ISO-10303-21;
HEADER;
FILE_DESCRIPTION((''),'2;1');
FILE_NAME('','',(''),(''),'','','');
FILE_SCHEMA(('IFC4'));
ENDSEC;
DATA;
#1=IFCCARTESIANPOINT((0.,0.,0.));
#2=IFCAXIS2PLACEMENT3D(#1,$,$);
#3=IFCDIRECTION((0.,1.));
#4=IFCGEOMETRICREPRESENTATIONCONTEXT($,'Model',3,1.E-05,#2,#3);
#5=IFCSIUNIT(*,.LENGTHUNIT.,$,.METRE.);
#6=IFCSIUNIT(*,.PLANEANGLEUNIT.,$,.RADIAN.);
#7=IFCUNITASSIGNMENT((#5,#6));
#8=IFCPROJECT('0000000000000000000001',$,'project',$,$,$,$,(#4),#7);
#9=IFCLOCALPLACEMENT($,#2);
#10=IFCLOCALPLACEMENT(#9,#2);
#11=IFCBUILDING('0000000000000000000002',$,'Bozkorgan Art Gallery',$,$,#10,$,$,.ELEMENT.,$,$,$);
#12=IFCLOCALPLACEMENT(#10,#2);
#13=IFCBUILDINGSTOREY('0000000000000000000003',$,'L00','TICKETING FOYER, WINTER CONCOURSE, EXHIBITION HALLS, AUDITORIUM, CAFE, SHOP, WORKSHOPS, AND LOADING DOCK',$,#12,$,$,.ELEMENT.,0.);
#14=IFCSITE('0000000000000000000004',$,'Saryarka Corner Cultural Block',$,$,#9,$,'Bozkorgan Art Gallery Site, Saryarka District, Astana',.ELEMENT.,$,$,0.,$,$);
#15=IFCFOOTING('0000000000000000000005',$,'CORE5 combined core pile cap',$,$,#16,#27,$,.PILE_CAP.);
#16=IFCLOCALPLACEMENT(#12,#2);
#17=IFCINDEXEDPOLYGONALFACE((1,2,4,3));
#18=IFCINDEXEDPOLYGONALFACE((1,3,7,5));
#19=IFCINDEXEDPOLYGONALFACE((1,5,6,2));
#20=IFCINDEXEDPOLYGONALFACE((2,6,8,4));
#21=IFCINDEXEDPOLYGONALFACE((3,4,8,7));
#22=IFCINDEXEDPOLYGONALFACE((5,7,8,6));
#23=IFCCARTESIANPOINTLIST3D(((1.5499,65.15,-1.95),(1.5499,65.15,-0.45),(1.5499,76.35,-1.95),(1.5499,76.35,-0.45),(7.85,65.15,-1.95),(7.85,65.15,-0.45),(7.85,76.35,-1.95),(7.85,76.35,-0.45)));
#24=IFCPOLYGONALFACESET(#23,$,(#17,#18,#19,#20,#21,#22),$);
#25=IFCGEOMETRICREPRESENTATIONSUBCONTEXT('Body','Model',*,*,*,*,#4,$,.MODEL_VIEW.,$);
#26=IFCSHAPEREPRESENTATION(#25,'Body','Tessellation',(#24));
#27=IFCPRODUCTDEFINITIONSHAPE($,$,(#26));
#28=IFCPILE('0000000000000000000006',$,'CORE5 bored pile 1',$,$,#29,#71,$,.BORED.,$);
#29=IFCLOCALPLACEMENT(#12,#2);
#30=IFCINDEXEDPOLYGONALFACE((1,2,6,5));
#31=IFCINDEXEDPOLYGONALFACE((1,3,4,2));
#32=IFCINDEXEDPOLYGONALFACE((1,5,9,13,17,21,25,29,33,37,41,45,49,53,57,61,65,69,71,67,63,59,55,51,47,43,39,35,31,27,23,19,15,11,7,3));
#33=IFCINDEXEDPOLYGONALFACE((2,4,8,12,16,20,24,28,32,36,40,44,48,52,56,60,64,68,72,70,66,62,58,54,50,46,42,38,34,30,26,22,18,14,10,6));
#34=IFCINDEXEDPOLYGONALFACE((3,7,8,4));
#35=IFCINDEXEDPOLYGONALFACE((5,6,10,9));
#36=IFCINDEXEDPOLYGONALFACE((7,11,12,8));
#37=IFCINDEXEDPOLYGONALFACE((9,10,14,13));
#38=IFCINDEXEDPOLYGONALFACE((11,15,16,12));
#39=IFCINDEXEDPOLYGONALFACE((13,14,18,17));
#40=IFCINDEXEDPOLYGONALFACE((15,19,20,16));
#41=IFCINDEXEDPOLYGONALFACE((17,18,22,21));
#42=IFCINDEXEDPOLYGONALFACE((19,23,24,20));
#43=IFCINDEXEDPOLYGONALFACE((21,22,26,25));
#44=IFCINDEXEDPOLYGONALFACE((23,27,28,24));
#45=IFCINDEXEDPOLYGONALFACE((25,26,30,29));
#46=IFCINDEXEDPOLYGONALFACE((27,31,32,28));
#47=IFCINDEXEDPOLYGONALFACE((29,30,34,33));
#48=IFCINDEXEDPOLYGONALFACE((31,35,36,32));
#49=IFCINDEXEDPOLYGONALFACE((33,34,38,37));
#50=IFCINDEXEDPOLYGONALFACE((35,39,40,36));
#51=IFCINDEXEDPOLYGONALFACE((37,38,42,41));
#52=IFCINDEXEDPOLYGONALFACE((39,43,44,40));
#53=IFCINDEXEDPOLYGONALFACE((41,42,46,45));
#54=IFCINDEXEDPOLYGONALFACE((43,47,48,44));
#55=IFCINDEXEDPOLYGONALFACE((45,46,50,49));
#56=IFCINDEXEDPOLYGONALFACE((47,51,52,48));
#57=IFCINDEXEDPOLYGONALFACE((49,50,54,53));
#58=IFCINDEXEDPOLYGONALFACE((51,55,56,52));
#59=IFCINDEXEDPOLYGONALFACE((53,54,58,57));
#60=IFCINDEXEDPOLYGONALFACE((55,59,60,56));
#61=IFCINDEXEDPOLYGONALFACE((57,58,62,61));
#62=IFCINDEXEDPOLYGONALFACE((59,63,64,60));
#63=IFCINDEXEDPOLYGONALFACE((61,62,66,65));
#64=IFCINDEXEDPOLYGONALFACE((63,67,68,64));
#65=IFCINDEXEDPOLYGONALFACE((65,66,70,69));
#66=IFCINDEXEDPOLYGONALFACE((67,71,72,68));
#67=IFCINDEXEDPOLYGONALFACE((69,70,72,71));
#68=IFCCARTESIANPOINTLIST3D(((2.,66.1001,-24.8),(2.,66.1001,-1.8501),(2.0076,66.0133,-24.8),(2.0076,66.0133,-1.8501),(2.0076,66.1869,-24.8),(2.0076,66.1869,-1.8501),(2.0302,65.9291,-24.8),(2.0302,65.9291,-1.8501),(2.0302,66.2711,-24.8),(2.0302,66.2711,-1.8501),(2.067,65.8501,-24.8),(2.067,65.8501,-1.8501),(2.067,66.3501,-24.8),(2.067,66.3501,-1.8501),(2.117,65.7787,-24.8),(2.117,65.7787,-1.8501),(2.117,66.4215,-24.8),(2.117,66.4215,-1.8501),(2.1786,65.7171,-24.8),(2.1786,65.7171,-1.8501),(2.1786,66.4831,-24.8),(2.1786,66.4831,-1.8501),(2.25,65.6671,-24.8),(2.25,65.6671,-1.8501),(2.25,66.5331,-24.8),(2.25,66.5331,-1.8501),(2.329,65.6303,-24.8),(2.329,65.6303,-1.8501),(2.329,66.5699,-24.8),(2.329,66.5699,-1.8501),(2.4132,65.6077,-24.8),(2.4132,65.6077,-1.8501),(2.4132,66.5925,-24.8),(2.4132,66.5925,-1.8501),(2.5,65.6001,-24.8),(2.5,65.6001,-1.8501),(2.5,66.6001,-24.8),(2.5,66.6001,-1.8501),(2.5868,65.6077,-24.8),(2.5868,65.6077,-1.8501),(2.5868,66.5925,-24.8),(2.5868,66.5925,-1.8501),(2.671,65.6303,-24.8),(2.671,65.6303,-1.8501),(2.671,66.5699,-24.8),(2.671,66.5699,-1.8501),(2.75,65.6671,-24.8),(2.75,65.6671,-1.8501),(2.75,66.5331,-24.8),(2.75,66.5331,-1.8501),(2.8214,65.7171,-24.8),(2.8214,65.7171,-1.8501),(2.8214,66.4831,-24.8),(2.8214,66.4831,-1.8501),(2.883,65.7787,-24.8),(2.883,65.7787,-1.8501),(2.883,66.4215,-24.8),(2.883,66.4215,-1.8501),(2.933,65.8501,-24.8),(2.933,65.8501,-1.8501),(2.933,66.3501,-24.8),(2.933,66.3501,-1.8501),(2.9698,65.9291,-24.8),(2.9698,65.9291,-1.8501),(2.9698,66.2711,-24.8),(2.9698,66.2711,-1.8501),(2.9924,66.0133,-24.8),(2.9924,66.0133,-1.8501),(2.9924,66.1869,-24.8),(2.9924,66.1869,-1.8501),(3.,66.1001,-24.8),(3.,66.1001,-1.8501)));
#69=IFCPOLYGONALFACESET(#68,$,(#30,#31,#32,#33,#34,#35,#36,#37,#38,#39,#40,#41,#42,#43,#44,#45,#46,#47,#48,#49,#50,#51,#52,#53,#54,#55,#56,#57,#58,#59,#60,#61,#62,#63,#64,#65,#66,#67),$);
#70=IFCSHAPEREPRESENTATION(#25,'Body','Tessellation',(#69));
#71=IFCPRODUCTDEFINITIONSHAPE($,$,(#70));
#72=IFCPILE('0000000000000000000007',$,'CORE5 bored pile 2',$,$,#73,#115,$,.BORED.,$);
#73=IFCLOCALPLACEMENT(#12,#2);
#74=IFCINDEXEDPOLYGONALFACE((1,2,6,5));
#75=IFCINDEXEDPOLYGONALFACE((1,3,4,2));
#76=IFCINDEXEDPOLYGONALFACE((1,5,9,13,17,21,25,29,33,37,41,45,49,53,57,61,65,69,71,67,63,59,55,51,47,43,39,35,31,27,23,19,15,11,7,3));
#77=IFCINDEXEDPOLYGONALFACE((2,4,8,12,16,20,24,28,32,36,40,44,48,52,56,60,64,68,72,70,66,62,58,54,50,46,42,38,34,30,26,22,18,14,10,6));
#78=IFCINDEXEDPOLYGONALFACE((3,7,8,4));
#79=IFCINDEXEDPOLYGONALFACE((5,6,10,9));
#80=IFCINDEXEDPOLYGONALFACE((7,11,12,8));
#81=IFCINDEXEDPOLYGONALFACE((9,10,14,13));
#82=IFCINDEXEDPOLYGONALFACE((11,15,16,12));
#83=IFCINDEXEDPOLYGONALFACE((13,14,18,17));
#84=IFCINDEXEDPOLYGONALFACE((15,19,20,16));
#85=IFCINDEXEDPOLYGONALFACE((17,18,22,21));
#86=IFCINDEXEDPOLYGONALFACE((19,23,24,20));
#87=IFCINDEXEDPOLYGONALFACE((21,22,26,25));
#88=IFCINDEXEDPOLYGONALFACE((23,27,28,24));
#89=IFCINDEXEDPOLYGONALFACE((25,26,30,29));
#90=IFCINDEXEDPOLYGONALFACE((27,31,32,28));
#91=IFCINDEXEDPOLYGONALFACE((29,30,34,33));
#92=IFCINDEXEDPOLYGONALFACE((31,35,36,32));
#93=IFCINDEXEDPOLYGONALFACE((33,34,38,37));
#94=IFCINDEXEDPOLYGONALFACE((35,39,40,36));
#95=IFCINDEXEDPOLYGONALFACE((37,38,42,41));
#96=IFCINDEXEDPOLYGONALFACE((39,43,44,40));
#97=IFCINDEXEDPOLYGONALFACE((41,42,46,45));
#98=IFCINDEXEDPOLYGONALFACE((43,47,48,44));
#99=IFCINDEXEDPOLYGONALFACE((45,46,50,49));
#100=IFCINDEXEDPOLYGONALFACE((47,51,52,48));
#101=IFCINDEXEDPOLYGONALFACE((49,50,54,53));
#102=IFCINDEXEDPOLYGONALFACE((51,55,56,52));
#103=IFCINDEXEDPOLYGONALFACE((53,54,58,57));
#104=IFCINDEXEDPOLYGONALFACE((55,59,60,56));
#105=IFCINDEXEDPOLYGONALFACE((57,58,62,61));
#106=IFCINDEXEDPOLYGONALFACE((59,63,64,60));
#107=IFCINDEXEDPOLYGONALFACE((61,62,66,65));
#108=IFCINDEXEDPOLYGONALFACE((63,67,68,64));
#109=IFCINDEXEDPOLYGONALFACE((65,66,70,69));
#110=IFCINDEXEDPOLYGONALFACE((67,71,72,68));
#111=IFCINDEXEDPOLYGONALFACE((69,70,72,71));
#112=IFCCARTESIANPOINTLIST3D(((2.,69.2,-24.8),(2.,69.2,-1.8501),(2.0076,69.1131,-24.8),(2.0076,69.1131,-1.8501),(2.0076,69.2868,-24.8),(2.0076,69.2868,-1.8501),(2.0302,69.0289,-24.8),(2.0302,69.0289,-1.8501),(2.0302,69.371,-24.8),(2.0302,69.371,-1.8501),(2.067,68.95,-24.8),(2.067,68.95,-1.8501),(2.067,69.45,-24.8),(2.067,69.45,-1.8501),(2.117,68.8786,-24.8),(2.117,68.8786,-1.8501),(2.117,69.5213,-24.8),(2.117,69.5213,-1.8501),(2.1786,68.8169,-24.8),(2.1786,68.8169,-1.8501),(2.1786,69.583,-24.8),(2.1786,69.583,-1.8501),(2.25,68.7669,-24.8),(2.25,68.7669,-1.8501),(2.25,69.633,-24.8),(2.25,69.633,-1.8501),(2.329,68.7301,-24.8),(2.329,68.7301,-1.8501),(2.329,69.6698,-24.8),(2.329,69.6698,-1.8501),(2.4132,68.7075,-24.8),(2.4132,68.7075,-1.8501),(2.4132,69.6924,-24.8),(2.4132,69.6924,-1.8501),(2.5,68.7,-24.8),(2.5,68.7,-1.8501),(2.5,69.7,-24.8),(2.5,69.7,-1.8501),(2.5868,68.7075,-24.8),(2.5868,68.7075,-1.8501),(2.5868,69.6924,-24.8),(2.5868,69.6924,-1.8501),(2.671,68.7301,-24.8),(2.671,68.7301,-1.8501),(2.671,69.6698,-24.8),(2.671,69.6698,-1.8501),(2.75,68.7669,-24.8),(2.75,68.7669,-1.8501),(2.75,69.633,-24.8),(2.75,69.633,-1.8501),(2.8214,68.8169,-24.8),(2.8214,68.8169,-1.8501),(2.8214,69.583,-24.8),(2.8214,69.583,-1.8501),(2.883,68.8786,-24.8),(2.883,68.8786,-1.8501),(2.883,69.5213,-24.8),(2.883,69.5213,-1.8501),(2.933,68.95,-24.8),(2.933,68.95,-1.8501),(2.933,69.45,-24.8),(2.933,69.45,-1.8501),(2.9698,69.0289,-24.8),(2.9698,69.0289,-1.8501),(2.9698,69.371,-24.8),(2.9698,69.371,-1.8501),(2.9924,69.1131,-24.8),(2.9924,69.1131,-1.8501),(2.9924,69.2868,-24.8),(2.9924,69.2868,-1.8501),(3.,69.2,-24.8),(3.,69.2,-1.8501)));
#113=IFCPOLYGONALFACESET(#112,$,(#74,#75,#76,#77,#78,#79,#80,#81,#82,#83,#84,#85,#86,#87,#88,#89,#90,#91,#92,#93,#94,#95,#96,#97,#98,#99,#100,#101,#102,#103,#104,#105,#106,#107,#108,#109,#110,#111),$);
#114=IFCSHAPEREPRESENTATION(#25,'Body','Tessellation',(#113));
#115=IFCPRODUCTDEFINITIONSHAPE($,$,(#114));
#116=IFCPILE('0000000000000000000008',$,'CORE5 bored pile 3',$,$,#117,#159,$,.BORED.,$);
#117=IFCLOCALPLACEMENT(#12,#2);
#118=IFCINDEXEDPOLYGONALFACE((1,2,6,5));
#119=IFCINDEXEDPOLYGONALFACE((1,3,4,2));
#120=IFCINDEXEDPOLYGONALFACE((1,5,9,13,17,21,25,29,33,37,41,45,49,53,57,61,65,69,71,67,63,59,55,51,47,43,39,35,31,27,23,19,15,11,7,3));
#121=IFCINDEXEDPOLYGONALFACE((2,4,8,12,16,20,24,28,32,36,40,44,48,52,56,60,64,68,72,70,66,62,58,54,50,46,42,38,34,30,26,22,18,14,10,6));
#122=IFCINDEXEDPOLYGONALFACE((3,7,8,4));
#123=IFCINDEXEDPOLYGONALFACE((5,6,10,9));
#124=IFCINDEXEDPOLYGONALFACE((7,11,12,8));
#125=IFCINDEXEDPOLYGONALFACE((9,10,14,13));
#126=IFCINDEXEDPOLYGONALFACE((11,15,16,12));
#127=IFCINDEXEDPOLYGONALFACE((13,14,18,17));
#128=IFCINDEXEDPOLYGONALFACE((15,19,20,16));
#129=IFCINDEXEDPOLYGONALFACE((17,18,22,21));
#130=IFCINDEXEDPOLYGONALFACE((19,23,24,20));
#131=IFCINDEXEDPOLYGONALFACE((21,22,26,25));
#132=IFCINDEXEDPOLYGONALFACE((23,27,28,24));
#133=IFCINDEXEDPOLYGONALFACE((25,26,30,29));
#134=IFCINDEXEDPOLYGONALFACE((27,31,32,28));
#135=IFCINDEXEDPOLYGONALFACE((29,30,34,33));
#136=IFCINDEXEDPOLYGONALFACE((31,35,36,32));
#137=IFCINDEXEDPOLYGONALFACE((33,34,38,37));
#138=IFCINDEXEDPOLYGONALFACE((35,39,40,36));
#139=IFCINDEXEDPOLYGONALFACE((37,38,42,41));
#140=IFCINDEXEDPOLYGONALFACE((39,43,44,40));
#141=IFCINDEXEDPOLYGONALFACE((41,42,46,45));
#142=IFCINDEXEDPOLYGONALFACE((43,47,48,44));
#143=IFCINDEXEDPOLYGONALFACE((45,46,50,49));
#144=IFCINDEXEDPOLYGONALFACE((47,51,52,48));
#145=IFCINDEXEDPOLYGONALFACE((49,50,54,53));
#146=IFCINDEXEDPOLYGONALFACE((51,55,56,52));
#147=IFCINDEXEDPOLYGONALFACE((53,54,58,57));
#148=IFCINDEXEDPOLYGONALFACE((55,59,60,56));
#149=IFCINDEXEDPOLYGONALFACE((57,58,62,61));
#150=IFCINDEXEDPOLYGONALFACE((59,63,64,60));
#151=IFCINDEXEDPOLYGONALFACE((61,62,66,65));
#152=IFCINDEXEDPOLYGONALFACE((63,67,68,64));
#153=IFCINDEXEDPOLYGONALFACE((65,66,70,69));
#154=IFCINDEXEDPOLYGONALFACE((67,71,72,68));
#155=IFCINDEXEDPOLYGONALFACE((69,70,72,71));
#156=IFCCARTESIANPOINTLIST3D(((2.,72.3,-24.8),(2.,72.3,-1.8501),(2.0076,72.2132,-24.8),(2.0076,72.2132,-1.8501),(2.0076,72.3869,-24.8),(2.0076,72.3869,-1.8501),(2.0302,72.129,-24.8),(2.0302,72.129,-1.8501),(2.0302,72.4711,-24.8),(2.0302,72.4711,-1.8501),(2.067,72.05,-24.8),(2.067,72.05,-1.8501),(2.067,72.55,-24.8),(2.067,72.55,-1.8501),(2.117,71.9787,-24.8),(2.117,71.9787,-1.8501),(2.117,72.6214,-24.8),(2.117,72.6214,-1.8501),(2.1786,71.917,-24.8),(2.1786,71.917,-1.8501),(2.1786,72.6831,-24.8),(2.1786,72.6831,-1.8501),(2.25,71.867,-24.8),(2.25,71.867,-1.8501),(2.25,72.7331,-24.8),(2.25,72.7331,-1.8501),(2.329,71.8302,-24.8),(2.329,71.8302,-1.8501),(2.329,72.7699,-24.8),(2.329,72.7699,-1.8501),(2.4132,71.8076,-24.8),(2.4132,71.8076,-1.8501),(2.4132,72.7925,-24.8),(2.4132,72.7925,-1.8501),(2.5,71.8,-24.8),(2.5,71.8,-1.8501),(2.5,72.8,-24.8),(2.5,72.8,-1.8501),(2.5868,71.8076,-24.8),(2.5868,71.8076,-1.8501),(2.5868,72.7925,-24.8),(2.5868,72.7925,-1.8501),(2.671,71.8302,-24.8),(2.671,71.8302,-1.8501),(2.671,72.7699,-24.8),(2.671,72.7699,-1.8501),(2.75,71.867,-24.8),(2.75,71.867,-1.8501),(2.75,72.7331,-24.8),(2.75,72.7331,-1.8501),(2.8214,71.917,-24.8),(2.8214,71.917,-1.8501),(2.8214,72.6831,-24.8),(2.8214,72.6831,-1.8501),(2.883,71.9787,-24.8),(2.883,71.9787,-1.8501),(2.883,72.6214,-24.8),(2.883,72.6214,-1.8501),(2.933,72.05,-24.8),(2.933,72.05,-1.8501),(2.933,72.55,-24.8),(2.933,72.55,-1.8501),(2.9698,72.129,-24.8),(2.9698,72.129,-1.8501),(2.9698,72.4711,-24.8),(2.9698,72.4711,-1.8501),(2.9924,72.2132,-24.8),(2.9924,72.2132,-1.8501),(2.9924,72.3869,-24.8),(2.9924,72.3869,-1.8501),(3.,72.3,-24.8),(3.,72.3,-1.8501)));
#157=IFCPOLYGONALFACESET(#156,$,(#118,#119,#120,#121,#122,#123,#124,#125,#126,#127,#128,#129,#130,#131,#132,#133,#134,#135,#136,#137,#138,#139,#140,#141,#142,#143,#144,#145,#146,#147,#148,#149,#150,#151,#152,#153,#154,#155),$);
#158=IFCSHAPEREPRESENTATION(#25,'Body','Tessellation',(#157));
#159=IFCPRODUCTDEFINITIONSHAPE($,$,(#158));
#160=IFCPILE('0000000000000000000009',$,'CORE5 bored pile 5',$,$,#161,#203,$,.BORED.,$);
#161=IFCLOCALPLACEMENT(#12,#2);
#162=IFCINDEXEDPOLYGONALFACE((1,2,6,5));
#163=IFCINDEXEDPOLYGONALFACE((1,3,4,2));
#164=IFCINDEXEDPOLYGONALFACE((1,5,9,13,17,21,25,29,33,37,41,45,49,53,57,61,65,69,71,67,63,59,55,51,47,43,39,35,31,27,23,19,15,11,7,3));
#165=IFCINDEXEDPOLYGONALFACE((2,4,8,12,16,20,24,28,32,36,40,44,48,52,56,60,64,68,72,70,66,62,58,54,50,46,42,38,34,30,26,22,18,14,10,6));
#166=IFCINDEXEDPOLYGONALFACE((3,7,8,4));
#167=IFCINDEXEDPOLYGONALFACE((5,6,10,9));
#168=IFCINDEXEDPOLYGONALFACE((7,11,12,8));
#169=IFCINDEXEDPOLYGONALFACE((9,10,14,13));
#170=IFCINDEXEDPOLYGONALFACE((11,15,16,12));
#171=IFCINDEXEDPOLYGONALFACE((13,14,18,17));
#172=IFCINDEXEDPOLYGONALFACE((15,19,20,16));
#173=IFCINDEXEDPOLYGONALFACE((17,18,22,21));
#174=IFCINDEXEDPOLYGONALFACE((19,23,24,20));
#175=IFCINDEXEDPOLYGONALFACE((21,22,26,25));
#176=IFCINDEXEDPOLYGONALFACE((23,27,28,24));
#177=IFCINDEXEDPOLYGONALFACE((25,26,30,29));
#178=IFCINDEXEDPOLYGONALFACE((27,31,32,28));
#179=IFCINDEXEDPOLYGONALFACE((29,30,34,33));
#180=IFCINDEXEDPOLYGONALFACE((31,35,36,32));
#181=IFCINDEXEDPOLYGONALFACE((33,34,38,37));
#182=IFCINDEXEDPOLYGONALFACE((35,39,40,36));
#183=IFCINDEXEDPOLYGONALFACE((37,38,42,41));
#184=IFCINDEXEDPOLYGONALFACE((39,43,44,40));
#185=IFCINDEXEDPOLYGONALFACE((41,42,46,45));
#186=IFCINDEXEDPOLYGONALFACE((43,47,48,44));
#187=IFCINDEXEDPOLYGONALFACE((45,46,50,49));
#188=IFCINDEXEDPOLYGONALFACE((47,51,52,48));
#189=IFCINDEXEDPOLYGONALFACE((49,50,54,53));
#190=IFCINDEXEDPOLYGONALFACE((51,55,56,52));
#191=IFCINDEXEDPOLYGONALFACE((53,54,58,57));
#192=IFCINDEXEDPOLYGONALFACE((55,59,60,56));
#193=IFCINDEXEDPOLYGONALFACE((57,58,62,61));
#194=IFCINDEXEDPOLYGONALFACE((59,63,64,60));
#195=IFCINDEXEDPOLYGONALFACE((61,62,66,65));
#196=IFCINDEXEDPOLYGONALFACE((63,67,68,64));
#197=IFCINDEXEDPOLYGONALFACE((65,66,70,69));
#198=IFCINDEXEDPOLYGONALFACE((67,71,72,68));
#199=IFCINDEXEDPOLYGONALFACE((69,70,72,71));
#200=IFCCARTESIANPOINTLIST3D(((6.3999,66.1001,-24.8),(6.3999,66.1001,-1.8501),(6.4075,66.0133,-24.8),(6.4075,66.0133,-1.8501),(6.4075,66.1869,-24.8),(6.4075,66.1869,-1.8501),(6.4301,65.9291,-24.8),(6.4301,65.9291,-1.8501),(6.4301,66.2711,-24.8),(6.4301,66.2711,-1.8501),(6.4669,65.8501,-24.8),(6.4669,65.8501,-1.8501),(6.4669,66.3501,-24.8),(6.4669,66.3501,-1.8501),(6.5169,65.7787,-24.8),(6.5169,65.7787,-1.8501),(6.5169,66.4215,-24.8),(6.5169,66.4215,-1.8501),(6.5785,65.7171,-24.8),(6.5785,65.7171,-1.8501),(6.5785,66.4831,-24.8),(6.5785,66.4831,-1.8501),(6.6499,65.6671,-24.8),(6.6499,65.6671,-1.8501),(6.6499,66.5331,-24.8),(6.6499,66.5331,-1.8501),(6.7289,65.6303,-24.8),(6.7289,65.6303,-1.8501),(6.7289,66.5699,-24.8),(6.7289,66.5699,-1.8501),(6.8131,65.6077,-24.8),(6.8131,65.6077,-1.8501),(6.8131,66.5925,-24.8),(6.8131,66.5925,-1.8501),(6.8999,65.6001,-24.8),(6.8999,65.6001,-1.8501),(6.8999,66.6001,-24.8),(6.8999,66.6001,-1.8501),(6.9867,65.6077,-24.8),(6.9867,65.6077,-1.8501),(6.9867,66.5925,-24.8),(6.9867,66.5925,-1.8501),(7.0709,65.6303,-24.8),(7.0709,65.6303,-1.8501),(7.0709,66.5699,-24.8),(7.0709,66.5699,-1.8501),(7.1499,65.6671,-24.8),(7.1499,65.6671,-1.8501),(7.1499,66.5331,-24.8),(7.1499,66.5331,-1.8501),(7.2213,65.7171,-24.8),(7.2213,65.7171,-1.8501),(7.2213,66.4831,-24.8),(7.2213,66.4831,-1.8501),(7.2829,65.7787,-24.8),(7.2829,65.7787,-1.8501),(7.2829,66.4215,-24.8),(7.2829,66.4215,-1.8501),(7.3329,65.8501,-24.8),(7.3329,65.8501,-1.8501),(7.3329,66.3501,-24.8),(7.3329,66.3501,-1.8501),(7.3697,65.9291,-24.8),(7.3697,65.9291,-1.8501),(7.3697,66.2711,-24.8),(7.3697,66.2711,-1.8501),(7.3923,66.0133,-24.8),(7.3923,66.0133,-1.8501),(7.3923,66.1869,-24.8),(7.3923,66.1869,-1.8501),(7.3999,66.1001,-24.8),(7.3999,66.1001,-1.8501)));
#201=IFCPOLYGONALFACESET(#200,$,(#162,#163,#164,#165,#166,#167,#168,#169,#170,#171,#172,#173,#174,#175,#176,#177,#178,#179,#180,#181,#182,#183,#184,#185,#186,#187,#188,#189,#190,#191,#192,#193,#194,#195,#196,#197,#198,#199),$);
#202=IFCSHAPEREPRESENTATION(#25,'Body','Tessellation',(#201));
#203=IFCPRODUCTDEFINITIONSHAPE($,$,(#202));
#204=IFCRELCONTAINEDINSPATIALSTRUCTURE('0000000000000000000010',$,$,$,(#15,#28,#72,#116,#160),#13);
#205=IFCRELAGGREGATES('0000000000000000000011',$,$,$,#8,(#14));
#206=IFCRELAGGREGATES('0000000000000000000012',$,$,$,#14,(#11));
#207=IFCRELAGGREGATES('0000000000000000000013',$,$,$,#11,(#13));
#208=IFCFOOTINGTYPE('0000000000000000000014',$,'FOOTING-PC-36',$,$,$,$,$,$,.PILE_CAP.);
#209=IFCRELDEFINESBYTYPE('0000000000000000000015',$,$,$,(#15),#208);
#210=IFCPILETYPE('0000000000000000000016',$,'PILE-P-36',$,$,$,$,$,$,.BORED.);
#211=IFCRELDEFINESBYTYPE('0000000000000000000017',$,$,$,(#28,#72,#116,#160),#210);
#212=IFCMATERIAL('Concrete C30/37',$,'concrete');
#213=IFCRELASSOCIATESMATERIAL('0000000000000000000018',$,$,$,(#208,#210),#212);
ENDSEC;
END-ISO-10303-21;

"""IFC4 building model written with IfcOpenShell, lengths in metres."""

from ifc_helpers import new_model, si_unit, direction, frame, origin, origin_2d, place, context, subcontext, project, spatial, rectangle, circle, extrude, material, material_profile, profile_set, type_object, element, save


model = new_model("IFC4")

# Units and contexts
model_context = context("Model", 3, precision=1e-05, world=origin(), true_north=direction((0.0, 1.0)))
body_context = subcontext(model_context, "Body", "Model", "MODEL_VIEW")
ifc_project = project(units=[si_unit("LENGTHUNIT", "METRE"), si_unit("PLANEANGLEUNIT", "RADIAN")], contexts=[model_context])

# Site, building, storey
site_placement = place(None, origin())
site = spatial("IfcSite", under=ifc_project, at=site_placement, Name="Saryarka Corner Cultural Block", LongName="Bozkorgan Art Gallery Site, Saryarka District, Astana", CompositionType="ELEMENT", RefElevation=0.0)
building_placement = place(site_placement, origin())
building = spatial("IfcBuilding", under=site, at=building_placement, Name="Bozkorgan Art Gallery", CompositionType="ELEMENT")
storey_placement = place(building_placement, origin())
storey = spatial("IfcBuildingStorey", under=building, at=storey_placement, Name="L00", Description="TICKETING FOYER, WINTER CONCOURSE, EXHIBITION HALLS, AUDITORIUM, CAFE, SHOP, WORKSHOPS, AND LOADING DOCK", CompositionType="ELEMENT", Elevation=0.0)

# Footing
ifc_material_1 = material(Name="Concrete C30/37", Category="concrete")
footing_type = type_object("IfcFootingType", Name="FOOTING-PC-36", PredefinedType="PILE_CAP", material=ifc_material_1)
footing_placement = place(storey_placement, frame((4.7, 70.75, -1.95), z_axis=(0.0, 0.0, 1.0), x_axis=(1.0, 0.0, 0.0)))
element("IfcFooting", 1, at=footing_placement, inside=storey, type_object=footing_type, Name="CORE5 combined core pile cap", PredefinedType="PILE_CAP", context=body_context, shape_type="SweptSolid", body=[
    extrude(rectangle(XDim=6.3, YDim=11.2, at=origin_2d()), origin(), (0.0, 0.0, 1.0), 1.5),
])

# Piles
ifc_material_profile_1 = material_profile(ifc_material_1, circle(Radius=0.5, at=origin_2d()), Name="PILE D1000")
ifc_profile_set_1 = profile_set([ifc_material_profile_1], Name="Concrete C30/37")
pile_type = type_object("IfcPileType", Name="PILE-P-36", PredefinedType="BORED", material=ifc_profile_set_1)
for number, where, z_axis, x_axis, name in (
    (2, (2.5, 66.1001, -1.8501), (0.0, 0.0, -1.0), (1.0, 0.0, 0.0), "CORE5 bored pile 1"),
    (3, (2.5, 69.2, -1.8501), (0.0, 0.0, -1.0), (1.0, 0.0, 0.0), "CORE5 bored pile 2"),
    (4, (2.5, 72.3, -1.8501), (0.0, 0.0, -1.0), (1.0, 0.0, 0.0), "CORE5 bored pile 3"),
    (5, (6.8999, 66.1001, -1.8501), (0.0, 0.0, -1.0), (1.0, 0.0, 0.0), "CORE5 bored pile 5"),
):
    element("IfcPile", number, at=place(storey_placement, frame(where, z_axis=z_axis, x_axis=x_axis)), inside=storey, type_object=pile_type, Name=name, PredefinedType="BORED", context=body_context, shape_type="SweptSolid", body=[
        extrude(circle(Radius=0.5, at=origin_2d()), origin(), (0.0, 0.0, 1.0), 22.95),
    ])

save(model, "model.ifc")
